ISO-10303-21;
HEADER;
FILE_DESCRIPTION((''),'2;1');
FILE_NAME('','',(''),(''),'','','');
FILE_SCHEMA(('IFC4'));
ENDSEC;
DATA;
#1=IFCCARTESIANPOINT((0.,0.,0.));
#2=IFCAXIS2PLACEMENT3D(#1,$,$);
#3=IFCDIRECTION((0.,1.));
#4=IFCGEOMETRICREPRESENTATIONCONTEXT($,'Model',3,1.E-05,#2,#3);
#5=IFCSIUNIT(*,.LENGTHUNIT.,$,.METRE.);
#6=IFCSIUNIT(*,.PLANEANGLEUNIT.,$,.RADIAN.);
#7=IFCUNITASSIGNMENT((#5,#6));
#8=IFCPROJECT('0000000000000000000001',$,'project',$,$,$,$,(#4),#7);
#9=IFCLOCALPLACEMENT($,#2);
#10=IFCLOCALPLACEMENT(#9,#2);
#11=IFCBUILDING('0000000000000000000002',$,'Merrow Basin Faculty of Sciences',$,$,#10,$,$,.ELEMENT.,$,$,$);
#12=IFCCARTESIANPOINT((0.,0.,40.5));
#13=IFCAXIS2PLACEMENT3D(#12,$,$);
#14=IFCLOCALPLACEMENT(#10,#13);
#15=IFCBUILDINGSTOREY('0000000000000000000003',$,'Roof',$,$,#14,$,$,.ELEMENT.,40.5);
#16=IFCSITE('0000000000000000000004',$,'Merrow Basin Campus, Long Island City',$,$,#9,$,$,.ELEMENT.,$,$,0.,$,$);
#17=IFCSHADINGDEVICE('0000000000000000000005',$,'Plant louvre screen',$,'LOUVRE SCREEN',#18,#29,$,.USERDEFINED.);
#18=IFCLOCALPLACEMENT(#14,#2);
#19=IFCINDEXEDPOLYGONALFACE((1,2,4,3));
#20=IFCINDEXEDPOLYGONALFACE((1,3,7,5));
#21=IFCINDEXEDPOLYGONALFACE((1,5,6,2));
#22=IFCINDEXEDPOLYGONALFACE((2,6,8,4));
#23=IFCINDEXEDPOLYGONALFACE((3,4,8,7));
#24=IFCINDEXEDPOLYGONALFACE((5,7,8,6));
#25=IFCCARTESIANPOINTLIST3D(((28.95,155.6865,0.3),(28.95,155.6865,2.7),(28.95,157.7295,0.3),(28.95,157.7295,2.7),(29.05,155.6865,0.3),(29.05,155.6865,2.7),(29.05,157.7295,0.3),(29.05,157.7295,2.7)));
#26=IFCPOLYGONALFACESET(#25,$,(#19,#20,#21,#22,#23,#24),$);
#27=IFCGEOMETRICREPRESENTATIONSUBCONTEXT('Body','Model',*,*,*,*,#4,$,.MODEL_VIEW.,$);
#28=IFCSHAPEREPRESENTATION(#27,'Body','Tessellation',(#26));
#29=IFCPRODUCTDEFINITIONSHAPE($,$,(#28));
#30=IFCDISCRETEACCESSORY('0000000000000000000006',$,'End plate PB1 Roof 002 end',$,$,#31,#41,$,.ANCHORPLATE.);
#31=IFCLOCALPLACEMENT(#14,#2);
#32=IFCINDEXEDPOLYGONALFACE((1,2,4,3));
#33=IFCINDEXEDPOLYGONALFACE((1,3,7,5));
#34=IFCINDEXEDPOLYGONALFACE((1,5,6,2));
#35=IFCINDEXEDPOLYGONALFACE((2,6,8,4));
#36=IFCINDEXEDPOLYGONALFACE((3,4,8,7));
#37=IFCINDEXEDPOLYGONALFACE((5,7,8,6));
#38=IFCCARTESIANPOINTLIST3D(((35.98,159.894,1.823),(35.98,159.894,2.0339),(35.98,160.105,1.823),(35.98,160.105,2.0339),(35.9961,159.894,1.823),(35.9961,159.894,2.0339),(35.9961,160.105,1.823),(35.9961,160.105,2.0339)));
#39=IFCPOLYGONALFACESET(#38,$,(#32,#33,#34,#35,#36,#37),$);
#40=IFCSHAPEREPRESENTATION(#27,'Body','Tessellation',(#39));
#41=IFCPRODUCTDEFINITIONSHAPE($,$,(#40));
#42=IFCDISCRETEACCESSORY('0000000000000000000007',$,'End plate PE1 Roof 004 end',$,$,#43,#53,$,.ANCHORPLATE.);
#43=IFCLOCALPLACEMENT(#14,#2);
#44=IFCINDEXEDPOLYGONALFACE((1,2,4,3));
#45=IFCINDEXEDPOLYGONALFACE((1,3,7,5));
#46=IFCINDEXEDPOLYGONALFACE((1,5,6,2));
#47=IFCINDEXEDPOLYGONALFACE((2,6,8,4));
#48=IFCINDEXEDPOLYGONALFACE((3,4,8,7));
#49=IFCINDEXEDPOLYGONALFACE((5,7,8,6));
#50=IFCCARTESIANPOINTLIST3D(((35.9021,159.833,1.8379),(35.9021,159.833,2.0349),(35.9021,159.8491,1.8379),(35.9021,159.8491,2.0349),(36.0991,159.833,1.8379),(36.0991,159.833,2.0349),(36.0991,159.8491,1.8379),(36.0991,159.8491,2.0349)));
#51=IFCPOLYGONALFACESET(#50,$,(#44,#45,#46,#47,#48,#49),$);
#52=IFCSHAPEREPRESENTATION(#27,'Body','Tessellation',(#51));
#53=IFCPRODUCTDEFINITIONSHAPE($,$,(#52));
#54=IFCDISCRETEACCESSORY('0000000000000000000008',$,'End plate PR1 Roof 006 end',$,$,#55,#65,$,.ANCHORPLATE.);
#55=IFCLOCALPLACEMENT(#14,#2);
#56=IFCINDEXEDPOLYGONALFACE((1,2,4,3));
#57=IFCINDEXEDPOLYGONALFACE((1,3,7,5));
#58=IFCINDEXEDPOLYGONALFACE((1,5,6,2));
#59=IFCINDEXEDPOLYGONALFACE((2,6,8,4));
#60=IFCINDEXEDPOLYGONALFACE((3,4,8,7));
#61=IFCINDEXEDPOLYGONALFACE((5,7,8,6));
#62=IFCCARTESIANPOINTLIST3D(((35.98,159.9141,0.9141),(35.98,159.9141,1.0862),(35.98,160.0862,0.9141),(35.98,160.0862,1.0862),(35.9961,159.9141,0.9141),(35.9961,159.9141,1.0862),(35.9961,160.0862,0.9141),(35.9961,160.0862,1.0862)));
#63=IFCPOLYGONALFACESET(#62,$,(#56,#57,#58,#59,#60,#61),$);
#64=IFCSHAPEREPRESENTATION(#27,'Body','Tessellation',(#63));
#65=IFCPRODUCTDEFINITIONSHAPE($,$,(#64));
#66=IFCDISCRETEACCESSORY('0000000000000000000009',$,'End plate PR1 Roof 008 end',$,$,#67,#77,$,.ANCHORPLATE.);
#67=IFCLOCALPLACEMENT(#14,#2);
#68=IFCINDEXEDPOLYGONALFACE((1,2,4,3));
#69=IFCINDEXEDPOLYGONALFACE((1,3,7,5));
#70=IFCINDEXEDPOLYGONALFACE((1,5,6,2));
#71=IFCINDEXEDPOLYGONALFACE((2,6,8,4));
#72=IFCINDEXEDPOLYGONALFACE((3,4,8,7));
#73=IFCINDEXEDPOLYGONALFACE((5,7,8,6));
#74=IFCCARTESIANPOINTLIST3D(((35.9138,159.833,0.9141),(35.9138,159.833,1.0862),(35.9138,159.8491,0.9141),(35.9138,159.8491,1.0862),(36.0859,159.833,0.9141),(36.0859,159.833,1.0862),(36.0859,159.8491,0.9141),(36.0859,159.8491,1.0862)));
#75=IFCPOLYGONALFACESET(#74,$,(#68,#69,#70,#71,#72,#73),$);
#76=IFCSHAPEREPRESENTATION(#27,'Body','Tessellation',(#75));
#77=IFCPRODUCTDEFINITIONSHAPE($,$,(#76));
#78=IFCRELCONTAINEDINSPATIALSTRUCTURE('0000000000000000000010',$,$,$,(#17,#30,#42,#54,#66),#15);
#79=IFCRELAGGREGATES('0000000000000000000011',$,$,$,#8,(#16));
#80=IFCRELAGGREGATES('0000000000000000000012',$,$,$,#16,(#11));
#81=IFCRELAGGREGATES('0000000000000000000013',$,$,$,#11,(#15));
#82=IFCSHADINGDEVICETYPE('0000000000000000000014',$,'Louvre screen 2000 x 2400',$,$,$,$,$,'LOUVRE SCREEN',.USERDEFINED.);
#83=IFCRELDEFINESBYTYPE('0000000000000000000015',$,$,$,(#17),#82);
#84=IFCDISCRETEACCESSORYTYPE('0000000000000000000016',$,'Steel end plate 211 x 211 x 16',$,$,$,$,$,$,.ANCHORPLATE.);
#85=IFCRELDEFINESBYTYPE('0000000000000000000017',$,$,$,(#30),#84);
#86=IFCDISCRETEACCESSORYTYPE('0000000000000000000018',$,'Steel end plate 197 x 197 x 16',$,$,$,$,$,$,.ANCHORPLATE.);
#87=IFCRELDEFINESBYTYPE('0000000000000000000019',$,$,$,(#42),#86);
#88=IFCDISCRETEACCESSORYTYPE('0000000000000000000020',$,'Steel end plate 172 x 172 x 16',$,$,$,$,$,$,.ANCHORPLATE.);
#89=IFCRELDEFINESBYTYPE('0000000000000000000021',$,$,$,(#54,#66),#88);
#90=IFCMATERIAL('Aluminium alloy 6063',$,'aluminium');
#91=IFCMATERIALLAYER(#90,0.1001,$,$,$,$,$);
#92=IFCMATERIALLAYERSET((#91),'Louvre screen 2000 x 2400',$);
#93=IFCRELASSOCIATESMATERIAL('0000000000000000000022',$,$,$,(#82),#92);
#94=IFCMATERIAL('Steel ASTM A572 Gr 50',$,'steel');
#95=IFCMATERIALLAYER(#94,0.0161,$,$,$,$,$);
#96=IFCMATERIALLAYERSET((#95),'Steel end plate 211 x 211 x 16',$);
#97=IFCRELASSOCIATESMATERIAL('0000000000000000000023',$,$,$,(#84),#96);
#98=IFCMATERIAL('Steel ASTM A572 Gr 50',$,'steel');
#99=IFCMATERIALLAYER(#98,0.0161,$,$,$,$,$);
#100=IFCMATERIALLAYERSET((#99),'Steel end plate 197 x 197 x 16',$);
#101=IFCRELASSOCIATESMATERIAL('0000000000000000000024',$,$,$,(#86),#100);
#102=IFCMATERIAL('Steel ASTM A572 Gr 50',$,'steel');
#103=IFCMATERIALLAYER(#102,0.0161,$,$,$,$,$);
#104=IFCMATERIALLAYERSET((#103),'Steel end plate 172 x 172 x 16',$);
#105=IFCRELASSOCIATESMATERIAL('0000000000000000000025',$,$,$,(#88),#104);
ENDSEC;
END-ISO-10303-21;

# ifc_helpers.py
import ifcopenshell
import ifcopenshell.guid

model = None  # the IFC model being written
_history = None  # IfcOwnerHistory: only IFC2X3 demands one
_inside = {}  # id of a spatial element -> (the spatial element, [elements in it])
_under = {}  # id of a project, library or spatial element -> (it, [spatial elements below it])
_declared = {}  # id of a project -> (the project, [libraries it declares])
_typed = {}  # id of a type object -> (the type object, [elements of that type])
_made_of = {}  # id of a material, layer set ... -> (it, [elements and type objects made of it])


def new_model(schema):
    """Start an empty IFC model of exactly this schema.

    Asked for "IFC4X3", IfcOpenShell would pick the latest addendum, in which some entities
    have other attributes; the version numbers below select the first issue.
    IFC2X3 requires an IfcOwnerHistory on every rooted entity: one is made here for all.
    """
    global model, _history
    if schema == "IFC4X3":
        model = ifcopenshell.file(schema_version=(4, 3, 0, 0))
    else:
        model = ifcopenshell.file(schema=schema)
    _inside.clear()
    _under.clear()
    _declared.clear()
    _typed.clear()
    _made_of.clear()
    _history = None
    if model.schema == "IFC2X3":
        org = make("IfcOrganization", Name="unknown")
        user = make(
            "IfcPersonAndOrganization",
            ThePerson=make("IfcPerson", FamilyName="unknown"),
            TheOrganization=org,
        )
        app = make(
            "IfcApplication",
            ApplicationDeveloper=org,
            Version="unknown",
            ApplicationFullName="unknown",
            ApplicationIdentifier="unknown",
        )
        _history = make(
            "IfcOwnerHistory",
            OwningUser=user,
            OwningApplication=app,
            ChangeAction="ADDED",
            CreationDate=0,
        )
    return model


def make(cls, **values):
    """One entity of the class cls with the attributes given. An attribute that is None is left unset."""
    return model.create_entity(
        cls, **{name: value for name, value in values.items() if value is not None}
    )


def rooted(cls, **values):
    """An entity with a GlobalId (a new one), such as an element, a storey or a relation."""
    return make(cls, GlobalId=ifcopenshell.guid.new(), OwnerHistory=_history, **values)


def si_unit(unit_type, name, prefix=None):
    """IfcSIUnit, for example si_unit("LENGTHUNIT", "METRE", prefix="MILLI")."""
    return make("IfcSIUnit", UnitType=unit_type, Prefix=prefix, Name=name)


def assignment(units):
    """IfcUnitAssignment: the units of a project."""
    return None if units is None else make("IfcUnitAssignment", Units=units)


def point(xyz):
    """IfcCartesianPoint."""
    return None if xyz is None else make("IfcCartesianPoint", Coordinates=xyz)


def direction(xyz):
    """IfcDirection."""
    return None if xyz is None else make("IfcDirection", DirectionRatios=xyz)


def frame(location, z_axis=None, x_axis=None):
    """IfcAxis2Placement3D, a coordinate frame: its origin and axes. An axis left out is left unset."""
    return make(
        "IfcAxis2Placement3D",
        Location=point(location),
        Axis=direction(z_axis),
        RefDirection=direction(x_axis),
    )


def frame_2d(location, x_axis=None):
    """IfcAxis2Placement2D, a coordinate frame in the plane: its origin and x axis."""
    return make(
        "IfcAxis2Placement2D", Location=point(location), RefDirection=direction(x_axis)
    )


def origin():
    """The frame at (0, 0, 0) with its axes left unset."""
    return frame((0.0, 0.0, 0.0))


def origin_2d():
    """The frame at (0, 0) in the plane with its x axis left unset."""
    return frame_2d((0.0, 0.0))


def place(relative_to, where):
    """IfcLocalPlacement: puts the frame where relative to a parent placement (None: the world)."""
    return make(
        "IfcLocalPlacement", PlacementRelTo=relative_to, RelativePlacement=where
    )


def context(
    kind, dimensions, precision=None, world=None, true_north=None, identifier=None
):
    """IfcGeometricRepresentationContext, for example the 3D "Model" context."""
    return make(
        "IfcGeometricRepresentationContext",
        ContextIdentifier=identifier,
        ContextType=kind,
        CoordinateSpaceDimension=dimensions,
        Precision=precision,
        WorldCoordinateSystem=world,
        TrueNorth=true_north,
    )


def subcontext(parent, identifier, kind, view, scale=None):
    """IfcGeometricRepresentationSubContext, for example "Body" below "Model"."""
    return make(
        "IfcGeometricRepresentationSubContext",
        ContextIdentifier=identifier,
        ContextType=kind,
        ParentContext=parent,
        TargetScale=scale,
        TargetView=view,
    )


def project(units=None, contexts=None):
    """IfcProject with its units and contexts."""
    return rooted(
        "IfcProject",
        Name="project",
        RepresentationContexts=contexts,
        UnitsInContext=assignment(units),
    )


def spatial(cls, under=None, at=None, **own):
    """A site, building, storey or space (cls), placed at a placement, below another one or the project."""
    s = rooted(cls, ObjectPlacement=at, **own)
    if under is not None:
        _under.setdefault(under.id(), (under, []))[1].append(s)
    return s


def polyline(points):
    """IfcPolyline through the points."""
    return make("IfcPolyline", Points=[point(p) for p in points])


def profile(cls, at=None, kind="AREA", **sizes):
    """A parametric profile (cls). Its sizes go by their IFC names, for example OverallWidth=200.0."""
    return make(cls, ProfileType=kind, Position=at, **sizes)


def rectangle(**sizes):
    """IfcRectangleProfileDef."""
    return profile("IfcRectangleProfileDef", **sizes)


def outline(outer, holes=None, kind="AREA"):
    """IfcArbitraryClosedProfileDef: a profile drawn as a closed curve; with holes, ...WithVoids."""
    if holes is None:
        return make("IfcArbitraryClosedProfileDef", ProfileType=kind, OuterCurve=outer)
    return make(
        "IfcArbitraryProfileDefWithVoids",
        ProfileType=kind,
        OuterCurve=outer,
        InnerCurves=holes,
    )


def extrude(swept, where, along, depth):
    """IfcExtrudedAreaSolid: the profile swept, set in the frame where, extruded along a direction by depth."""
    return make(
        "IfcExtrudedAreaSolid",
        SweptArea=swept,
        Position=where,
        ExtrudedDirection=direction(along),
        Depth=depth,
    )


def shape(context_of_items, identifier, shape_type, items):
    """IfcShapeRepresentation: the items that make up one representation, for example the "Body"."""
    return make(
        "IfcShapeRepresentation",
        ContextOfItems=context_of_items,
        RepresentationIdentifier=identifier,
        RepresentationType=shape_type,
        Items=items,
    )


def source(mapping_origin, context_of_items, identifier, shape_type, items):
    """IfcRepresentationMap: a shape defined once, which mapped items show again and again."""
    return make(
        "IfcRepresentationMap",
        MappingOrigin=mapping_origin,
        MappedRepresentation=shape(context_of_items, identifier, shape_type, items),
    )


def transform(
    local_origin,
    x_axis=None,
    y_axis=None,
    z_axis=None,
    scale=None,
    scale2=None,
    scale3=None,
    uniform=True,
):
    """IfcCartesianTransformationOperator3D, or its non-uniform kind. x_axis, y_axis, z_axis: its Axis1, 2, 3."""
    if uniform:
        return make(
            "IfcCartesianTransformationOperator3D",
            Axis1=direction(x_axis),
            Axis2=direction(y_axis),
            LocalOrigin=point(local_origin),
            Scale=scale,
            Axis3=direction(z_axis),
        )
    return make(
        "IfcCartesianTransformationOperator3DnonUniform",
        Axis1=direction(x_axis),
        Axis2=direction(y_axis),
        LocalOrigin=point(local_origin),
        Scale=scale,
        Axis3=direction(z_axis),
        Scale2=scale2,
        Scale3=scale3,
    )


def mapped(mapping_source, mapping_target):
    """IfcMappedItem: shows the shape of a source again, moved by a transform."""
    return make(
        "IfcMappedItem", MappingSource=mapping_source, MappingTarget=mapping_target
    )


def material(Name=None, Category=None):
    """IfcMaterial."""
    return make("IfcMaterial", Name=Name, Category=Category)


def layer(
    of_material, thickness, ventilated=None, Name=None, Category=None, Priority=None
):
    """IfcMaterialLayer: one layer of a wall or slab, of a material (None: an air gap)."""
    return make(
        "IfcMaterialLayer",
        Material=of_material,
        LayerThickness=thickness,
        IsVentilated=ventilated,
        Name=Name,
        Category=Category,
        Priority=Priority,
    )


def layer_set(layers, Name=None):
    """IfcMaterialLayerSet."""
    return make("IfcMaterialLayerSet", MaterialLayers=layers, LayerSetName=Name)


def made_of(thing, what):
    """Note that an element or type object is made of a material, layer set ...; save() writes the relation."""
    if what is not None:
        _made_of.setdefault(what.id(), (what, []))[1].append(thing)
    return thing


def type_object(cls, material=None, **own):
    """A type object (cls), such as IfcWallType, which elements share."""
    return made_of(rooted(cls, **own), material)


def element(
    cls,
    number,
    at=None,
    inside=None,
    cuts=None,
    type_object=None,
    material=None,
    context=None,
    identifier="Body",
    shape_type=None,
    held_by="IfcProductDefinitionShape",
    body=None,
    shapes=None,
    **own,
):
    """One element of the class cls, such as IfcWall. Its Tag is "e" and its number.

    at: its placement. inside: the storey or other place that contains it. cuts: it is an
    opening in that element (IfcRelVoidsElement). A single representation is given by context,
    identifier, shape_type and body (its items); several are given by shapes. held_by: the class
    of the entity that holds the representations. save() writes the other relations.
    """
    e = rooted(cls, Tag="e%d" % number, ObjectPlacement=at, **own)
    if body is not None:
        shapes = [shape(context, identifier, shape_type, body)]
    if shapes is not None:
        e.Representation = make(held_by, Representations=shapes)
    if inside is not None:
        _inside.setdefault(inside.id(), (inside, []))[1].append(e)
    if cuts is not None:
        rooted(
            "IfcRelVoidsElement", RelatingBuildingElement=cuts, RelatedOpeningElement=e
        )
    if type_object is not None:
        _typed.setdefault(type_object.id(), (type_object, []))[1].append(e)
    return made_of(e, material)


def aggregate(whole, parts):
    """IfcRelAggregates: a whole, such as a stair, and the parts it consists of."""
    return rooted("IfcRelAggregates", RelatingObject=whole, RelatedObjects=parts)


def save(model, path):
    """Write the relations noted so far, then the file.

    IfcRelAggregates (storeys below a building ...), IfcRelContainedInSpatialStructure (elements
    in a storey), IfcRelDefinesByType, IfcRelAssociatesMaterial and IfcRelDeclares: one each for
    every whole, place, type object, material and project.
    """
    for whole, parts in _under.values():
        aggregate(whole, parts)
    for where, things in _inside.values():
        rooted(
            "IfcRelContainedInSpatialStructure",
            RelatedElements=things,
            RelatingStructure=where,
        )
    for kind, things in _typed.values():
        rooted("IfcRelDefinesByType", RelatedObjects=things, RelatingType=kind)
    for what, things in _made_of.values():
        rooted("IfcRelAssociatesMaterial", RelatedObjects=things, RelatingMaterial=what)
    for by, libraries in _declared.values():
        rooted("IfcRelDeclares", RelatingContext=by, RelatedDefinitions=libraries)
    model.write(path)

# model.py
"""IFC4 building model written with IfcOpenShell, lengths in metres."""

from ifc_helpers import new_model, si_unit, direction, frame, origin, origin_2d, place, context, subcontext, project, spatial, polyline, rectangle, outline, extrude, source, transform, mapped, material, layer, layer_set, type_object, element, save


model = new_model("IFC4")

# Units and contexts
model_context = context("Model", 3, precision=1e-05, world=origin(), true_north=direction((0.0, 1.0)))
body_context = subcontext(model_context, "Body", "Model", "MODEL_VIEW")
ifc_project = project(units=[si_unit("LENGTHUNIT", "METRE"), si_unit("PLANEANGLEUNIT", "RADIAN")], contexts=[model_context])

# Site, building, storey
site_placement = place(None, origin())
site = spatial("IfcSite", under=ifc_project, at=site_placement, Name="Merrow Basin Campus, Long Island City", CompositionType="ELEMENT", RefElevation=0.0)
building_placement = place(site_placement, origin())
building = spatial("IfcBuilding", under=site, at=building_placement, Name="Merrow Basin Faculty of Sciences", CompositionType="ELEMENT")
storey_placement = place(building_placement, frame((0.0, 0.0, 40.5)))
storey = spatial("IfcBuildingStorey", under=building, at=storey_placement, Name="Roof", CompositionType="ELEMENT", Elevation=40.5)

# Shading device
ifc_material_1 = material(Name="Aluminium alloy 6063", Category="aluminium")
ifc_layer_1 = layer(ifc_material_1, 0.1001)
ifc_layer_set_1 = layer_set([ifc_layer_1], Name="Louvre screen 2000 x 2400")
shading_device_type = type_object("IfcShadingDeviceType", Name="Louvre screen 2000 x 2400", ElementType="LOUVRE SCREEN", PredefinedType="USERDEFINED", material=ifc_layer_set_1)
for number, where, z_axis, x_axis, name in (
    (1, (29.0, 156.708, 0.3), (0.0, 0.0, 1.0), (0.0, 1.0, 0.0), "Plant louvre screen"),
):
    element("IfcShadingDevice", number, at=place(storey_placement, frame(where, z_axis=z_axis, x_axis=x_axis)), inside=storey, type_object=shading_device_type, Name=name, ObjectType="LOUVRE SCREEN", PredefinedType="USERDEFINED", context=body_context, shape_type="SweptSolid", body=[
        extrude(rectangle(XDim=2.043, YDim=0.1001, at=origin_2d()), origin(), (0.0, 0.0, 1.0), 2.3999),
    ])

# Discrete accessories
ifc_material_2 = material(Name="Steel ASTM A572 Gr 50", Category="steel")
ifc_layer_2 = layer(ifc_material_2, 0.0161)
ifc_layer_set_2 = layer_set([ifc_layer_2], Name="Steel end plate 211 x 211 x 16")
discrete_accessory_type_1 = type_object("IfcDiscreteAccessoryType", Name="Steel end plate 211 x 211 x 16", PredefinedType="ANCHORPLATE", material=ifc_layer_set_2)
shared_shape_1 = source(origin(), body_context, "Body", "SweptSolid", [
    extrude(outline(polyline([(0.0, 0.0), (0.2109, 0.0), (0.2109, 0.2109), (0.0, 0.2109), (0.0, 0.0)])), origin(), (0.0, 0.0, 1.0), 0.0161),
])
discrete_accessory_1_placement = place(storey_placement, frame((35.98, 159.894, 1.823), z_axis=(1.0, 0.0, 0.0), x_axis=(0.0, 1.0, 0.0)))
element("IfcDiscreteAccessory", 2, at=discrete_accessory_1_placement, inside=storey, type_object=discrete_accessory_type_1, Name="End plate PB1 Roof 002 end", PredefinedType="ANCHORPLATE", context=body_context, shape_type="MappedRepresentation", body=[
    mapped(shared_shape_1, transform((0.0, 0.0, 0.0), scale=1.0)),
])
ifc_material_3 = material(Name="Steel ASTM A572 Gr 50", Category="steel")
ifc_layer_3 = layer(ifc_material_3, 0.0161)
ifc_layer_set_3 = layer_set([ifc_layer_3], Name="Steel end plate 197 x 197 x 16")
discrete_accessory_type_2 = type_object("IfcDiscreteAccessoryType", Name="Steel end plate 197 x 197 x 16", PredefinedType="ANCHORPLATE", material=ifc_layer_set_3)
shared_shape_2 = source(origin(), body_context, "Body", "SweptSolid", [
    extrude(outline(polyline([(0.0, 0.0), (0.197, 0.0), (0.197, 0.197), (0.0, 0.197), (0.0, 0.0)])), origin(), (0.0, 0.0, 1.0), 0.0161),
])
discrete_accessory_2_placement = place(storey_placement, frame((36.0991, 159.833, 1.8379), z_axis=(0.0, 1.0, 0.0), x_axis=(-1.0, 0.0, 0.0)))
element("IfcDiscreteAccessory", 3, at=discrete_accessory_2_placement, inside=storey, type_object=discrete_accessory_type_2, Name="End plate PE1 Roof 004 end", PredefinedType="ANCHORPLATE", context=body_context, shape_type="MappedRepresentation", body=[
    mapped(shared_shape_2, transform((0.0, 0.0, 0.0), scale=1.0)),
])
ifc_material_4 = material(Name="Steel ASTM A572 Gr 50", Category="steel")
ifc_layer_4 = layer(ifc_material_4, 0.0161)
ifc_layer_set_4 = layer_set([ifc_layer_4], Name="Steel end plate 172 x 172 x 16")
discrete_accessory_type_3 = type_object("IfcDiscreteAccessoryType", Name="Steel end plate 172 x 172 x 16", PredefinedType="ANCHORPLATE", material=ifc_layer_set_4)
shared_shape_3 = source(origin(), body_context, "Body", "SweptSolid", [
    extrude(outline(polyline([(0.0, 0.0), (0.1721, 0.0), (0.1721, 0.1721), (0.0, 0.1721), (0.0, 0.0)])), origin(), (0.0, 0.0, 1.0), 0.0161),
])
for number, where, z_axis, x_axis, name in (
    (4, (35.98, 159.9141, 0.9141), (1.0, 0.0, 0.0), (0.0, 1.0, 0.0), "End plate PR1 Roof 006 end"),
    (5, (36.0859, 159.833, 0.9141), (0.0, 1.0, 0.0), (-1.0, 0.0, 0.0), "End plate PR1 Roof 008 end"),
):
    element("IfcDiscreteAccessory", number, at=place(storey_placement, frame(where, z_axis=z_axis, x_axis=x_axis)), inside=storey, type_object=discrete_accessory_type_3, Name=name, PredefinedType="ANCHORPLATE", context=body_context, shape_type="MappedRepresentation", body=[
        mapped(shared_shape_3, transform((0.0, 0.0, 0.0), scale=1.0)),
    ])

save(model, "model.ifc")
